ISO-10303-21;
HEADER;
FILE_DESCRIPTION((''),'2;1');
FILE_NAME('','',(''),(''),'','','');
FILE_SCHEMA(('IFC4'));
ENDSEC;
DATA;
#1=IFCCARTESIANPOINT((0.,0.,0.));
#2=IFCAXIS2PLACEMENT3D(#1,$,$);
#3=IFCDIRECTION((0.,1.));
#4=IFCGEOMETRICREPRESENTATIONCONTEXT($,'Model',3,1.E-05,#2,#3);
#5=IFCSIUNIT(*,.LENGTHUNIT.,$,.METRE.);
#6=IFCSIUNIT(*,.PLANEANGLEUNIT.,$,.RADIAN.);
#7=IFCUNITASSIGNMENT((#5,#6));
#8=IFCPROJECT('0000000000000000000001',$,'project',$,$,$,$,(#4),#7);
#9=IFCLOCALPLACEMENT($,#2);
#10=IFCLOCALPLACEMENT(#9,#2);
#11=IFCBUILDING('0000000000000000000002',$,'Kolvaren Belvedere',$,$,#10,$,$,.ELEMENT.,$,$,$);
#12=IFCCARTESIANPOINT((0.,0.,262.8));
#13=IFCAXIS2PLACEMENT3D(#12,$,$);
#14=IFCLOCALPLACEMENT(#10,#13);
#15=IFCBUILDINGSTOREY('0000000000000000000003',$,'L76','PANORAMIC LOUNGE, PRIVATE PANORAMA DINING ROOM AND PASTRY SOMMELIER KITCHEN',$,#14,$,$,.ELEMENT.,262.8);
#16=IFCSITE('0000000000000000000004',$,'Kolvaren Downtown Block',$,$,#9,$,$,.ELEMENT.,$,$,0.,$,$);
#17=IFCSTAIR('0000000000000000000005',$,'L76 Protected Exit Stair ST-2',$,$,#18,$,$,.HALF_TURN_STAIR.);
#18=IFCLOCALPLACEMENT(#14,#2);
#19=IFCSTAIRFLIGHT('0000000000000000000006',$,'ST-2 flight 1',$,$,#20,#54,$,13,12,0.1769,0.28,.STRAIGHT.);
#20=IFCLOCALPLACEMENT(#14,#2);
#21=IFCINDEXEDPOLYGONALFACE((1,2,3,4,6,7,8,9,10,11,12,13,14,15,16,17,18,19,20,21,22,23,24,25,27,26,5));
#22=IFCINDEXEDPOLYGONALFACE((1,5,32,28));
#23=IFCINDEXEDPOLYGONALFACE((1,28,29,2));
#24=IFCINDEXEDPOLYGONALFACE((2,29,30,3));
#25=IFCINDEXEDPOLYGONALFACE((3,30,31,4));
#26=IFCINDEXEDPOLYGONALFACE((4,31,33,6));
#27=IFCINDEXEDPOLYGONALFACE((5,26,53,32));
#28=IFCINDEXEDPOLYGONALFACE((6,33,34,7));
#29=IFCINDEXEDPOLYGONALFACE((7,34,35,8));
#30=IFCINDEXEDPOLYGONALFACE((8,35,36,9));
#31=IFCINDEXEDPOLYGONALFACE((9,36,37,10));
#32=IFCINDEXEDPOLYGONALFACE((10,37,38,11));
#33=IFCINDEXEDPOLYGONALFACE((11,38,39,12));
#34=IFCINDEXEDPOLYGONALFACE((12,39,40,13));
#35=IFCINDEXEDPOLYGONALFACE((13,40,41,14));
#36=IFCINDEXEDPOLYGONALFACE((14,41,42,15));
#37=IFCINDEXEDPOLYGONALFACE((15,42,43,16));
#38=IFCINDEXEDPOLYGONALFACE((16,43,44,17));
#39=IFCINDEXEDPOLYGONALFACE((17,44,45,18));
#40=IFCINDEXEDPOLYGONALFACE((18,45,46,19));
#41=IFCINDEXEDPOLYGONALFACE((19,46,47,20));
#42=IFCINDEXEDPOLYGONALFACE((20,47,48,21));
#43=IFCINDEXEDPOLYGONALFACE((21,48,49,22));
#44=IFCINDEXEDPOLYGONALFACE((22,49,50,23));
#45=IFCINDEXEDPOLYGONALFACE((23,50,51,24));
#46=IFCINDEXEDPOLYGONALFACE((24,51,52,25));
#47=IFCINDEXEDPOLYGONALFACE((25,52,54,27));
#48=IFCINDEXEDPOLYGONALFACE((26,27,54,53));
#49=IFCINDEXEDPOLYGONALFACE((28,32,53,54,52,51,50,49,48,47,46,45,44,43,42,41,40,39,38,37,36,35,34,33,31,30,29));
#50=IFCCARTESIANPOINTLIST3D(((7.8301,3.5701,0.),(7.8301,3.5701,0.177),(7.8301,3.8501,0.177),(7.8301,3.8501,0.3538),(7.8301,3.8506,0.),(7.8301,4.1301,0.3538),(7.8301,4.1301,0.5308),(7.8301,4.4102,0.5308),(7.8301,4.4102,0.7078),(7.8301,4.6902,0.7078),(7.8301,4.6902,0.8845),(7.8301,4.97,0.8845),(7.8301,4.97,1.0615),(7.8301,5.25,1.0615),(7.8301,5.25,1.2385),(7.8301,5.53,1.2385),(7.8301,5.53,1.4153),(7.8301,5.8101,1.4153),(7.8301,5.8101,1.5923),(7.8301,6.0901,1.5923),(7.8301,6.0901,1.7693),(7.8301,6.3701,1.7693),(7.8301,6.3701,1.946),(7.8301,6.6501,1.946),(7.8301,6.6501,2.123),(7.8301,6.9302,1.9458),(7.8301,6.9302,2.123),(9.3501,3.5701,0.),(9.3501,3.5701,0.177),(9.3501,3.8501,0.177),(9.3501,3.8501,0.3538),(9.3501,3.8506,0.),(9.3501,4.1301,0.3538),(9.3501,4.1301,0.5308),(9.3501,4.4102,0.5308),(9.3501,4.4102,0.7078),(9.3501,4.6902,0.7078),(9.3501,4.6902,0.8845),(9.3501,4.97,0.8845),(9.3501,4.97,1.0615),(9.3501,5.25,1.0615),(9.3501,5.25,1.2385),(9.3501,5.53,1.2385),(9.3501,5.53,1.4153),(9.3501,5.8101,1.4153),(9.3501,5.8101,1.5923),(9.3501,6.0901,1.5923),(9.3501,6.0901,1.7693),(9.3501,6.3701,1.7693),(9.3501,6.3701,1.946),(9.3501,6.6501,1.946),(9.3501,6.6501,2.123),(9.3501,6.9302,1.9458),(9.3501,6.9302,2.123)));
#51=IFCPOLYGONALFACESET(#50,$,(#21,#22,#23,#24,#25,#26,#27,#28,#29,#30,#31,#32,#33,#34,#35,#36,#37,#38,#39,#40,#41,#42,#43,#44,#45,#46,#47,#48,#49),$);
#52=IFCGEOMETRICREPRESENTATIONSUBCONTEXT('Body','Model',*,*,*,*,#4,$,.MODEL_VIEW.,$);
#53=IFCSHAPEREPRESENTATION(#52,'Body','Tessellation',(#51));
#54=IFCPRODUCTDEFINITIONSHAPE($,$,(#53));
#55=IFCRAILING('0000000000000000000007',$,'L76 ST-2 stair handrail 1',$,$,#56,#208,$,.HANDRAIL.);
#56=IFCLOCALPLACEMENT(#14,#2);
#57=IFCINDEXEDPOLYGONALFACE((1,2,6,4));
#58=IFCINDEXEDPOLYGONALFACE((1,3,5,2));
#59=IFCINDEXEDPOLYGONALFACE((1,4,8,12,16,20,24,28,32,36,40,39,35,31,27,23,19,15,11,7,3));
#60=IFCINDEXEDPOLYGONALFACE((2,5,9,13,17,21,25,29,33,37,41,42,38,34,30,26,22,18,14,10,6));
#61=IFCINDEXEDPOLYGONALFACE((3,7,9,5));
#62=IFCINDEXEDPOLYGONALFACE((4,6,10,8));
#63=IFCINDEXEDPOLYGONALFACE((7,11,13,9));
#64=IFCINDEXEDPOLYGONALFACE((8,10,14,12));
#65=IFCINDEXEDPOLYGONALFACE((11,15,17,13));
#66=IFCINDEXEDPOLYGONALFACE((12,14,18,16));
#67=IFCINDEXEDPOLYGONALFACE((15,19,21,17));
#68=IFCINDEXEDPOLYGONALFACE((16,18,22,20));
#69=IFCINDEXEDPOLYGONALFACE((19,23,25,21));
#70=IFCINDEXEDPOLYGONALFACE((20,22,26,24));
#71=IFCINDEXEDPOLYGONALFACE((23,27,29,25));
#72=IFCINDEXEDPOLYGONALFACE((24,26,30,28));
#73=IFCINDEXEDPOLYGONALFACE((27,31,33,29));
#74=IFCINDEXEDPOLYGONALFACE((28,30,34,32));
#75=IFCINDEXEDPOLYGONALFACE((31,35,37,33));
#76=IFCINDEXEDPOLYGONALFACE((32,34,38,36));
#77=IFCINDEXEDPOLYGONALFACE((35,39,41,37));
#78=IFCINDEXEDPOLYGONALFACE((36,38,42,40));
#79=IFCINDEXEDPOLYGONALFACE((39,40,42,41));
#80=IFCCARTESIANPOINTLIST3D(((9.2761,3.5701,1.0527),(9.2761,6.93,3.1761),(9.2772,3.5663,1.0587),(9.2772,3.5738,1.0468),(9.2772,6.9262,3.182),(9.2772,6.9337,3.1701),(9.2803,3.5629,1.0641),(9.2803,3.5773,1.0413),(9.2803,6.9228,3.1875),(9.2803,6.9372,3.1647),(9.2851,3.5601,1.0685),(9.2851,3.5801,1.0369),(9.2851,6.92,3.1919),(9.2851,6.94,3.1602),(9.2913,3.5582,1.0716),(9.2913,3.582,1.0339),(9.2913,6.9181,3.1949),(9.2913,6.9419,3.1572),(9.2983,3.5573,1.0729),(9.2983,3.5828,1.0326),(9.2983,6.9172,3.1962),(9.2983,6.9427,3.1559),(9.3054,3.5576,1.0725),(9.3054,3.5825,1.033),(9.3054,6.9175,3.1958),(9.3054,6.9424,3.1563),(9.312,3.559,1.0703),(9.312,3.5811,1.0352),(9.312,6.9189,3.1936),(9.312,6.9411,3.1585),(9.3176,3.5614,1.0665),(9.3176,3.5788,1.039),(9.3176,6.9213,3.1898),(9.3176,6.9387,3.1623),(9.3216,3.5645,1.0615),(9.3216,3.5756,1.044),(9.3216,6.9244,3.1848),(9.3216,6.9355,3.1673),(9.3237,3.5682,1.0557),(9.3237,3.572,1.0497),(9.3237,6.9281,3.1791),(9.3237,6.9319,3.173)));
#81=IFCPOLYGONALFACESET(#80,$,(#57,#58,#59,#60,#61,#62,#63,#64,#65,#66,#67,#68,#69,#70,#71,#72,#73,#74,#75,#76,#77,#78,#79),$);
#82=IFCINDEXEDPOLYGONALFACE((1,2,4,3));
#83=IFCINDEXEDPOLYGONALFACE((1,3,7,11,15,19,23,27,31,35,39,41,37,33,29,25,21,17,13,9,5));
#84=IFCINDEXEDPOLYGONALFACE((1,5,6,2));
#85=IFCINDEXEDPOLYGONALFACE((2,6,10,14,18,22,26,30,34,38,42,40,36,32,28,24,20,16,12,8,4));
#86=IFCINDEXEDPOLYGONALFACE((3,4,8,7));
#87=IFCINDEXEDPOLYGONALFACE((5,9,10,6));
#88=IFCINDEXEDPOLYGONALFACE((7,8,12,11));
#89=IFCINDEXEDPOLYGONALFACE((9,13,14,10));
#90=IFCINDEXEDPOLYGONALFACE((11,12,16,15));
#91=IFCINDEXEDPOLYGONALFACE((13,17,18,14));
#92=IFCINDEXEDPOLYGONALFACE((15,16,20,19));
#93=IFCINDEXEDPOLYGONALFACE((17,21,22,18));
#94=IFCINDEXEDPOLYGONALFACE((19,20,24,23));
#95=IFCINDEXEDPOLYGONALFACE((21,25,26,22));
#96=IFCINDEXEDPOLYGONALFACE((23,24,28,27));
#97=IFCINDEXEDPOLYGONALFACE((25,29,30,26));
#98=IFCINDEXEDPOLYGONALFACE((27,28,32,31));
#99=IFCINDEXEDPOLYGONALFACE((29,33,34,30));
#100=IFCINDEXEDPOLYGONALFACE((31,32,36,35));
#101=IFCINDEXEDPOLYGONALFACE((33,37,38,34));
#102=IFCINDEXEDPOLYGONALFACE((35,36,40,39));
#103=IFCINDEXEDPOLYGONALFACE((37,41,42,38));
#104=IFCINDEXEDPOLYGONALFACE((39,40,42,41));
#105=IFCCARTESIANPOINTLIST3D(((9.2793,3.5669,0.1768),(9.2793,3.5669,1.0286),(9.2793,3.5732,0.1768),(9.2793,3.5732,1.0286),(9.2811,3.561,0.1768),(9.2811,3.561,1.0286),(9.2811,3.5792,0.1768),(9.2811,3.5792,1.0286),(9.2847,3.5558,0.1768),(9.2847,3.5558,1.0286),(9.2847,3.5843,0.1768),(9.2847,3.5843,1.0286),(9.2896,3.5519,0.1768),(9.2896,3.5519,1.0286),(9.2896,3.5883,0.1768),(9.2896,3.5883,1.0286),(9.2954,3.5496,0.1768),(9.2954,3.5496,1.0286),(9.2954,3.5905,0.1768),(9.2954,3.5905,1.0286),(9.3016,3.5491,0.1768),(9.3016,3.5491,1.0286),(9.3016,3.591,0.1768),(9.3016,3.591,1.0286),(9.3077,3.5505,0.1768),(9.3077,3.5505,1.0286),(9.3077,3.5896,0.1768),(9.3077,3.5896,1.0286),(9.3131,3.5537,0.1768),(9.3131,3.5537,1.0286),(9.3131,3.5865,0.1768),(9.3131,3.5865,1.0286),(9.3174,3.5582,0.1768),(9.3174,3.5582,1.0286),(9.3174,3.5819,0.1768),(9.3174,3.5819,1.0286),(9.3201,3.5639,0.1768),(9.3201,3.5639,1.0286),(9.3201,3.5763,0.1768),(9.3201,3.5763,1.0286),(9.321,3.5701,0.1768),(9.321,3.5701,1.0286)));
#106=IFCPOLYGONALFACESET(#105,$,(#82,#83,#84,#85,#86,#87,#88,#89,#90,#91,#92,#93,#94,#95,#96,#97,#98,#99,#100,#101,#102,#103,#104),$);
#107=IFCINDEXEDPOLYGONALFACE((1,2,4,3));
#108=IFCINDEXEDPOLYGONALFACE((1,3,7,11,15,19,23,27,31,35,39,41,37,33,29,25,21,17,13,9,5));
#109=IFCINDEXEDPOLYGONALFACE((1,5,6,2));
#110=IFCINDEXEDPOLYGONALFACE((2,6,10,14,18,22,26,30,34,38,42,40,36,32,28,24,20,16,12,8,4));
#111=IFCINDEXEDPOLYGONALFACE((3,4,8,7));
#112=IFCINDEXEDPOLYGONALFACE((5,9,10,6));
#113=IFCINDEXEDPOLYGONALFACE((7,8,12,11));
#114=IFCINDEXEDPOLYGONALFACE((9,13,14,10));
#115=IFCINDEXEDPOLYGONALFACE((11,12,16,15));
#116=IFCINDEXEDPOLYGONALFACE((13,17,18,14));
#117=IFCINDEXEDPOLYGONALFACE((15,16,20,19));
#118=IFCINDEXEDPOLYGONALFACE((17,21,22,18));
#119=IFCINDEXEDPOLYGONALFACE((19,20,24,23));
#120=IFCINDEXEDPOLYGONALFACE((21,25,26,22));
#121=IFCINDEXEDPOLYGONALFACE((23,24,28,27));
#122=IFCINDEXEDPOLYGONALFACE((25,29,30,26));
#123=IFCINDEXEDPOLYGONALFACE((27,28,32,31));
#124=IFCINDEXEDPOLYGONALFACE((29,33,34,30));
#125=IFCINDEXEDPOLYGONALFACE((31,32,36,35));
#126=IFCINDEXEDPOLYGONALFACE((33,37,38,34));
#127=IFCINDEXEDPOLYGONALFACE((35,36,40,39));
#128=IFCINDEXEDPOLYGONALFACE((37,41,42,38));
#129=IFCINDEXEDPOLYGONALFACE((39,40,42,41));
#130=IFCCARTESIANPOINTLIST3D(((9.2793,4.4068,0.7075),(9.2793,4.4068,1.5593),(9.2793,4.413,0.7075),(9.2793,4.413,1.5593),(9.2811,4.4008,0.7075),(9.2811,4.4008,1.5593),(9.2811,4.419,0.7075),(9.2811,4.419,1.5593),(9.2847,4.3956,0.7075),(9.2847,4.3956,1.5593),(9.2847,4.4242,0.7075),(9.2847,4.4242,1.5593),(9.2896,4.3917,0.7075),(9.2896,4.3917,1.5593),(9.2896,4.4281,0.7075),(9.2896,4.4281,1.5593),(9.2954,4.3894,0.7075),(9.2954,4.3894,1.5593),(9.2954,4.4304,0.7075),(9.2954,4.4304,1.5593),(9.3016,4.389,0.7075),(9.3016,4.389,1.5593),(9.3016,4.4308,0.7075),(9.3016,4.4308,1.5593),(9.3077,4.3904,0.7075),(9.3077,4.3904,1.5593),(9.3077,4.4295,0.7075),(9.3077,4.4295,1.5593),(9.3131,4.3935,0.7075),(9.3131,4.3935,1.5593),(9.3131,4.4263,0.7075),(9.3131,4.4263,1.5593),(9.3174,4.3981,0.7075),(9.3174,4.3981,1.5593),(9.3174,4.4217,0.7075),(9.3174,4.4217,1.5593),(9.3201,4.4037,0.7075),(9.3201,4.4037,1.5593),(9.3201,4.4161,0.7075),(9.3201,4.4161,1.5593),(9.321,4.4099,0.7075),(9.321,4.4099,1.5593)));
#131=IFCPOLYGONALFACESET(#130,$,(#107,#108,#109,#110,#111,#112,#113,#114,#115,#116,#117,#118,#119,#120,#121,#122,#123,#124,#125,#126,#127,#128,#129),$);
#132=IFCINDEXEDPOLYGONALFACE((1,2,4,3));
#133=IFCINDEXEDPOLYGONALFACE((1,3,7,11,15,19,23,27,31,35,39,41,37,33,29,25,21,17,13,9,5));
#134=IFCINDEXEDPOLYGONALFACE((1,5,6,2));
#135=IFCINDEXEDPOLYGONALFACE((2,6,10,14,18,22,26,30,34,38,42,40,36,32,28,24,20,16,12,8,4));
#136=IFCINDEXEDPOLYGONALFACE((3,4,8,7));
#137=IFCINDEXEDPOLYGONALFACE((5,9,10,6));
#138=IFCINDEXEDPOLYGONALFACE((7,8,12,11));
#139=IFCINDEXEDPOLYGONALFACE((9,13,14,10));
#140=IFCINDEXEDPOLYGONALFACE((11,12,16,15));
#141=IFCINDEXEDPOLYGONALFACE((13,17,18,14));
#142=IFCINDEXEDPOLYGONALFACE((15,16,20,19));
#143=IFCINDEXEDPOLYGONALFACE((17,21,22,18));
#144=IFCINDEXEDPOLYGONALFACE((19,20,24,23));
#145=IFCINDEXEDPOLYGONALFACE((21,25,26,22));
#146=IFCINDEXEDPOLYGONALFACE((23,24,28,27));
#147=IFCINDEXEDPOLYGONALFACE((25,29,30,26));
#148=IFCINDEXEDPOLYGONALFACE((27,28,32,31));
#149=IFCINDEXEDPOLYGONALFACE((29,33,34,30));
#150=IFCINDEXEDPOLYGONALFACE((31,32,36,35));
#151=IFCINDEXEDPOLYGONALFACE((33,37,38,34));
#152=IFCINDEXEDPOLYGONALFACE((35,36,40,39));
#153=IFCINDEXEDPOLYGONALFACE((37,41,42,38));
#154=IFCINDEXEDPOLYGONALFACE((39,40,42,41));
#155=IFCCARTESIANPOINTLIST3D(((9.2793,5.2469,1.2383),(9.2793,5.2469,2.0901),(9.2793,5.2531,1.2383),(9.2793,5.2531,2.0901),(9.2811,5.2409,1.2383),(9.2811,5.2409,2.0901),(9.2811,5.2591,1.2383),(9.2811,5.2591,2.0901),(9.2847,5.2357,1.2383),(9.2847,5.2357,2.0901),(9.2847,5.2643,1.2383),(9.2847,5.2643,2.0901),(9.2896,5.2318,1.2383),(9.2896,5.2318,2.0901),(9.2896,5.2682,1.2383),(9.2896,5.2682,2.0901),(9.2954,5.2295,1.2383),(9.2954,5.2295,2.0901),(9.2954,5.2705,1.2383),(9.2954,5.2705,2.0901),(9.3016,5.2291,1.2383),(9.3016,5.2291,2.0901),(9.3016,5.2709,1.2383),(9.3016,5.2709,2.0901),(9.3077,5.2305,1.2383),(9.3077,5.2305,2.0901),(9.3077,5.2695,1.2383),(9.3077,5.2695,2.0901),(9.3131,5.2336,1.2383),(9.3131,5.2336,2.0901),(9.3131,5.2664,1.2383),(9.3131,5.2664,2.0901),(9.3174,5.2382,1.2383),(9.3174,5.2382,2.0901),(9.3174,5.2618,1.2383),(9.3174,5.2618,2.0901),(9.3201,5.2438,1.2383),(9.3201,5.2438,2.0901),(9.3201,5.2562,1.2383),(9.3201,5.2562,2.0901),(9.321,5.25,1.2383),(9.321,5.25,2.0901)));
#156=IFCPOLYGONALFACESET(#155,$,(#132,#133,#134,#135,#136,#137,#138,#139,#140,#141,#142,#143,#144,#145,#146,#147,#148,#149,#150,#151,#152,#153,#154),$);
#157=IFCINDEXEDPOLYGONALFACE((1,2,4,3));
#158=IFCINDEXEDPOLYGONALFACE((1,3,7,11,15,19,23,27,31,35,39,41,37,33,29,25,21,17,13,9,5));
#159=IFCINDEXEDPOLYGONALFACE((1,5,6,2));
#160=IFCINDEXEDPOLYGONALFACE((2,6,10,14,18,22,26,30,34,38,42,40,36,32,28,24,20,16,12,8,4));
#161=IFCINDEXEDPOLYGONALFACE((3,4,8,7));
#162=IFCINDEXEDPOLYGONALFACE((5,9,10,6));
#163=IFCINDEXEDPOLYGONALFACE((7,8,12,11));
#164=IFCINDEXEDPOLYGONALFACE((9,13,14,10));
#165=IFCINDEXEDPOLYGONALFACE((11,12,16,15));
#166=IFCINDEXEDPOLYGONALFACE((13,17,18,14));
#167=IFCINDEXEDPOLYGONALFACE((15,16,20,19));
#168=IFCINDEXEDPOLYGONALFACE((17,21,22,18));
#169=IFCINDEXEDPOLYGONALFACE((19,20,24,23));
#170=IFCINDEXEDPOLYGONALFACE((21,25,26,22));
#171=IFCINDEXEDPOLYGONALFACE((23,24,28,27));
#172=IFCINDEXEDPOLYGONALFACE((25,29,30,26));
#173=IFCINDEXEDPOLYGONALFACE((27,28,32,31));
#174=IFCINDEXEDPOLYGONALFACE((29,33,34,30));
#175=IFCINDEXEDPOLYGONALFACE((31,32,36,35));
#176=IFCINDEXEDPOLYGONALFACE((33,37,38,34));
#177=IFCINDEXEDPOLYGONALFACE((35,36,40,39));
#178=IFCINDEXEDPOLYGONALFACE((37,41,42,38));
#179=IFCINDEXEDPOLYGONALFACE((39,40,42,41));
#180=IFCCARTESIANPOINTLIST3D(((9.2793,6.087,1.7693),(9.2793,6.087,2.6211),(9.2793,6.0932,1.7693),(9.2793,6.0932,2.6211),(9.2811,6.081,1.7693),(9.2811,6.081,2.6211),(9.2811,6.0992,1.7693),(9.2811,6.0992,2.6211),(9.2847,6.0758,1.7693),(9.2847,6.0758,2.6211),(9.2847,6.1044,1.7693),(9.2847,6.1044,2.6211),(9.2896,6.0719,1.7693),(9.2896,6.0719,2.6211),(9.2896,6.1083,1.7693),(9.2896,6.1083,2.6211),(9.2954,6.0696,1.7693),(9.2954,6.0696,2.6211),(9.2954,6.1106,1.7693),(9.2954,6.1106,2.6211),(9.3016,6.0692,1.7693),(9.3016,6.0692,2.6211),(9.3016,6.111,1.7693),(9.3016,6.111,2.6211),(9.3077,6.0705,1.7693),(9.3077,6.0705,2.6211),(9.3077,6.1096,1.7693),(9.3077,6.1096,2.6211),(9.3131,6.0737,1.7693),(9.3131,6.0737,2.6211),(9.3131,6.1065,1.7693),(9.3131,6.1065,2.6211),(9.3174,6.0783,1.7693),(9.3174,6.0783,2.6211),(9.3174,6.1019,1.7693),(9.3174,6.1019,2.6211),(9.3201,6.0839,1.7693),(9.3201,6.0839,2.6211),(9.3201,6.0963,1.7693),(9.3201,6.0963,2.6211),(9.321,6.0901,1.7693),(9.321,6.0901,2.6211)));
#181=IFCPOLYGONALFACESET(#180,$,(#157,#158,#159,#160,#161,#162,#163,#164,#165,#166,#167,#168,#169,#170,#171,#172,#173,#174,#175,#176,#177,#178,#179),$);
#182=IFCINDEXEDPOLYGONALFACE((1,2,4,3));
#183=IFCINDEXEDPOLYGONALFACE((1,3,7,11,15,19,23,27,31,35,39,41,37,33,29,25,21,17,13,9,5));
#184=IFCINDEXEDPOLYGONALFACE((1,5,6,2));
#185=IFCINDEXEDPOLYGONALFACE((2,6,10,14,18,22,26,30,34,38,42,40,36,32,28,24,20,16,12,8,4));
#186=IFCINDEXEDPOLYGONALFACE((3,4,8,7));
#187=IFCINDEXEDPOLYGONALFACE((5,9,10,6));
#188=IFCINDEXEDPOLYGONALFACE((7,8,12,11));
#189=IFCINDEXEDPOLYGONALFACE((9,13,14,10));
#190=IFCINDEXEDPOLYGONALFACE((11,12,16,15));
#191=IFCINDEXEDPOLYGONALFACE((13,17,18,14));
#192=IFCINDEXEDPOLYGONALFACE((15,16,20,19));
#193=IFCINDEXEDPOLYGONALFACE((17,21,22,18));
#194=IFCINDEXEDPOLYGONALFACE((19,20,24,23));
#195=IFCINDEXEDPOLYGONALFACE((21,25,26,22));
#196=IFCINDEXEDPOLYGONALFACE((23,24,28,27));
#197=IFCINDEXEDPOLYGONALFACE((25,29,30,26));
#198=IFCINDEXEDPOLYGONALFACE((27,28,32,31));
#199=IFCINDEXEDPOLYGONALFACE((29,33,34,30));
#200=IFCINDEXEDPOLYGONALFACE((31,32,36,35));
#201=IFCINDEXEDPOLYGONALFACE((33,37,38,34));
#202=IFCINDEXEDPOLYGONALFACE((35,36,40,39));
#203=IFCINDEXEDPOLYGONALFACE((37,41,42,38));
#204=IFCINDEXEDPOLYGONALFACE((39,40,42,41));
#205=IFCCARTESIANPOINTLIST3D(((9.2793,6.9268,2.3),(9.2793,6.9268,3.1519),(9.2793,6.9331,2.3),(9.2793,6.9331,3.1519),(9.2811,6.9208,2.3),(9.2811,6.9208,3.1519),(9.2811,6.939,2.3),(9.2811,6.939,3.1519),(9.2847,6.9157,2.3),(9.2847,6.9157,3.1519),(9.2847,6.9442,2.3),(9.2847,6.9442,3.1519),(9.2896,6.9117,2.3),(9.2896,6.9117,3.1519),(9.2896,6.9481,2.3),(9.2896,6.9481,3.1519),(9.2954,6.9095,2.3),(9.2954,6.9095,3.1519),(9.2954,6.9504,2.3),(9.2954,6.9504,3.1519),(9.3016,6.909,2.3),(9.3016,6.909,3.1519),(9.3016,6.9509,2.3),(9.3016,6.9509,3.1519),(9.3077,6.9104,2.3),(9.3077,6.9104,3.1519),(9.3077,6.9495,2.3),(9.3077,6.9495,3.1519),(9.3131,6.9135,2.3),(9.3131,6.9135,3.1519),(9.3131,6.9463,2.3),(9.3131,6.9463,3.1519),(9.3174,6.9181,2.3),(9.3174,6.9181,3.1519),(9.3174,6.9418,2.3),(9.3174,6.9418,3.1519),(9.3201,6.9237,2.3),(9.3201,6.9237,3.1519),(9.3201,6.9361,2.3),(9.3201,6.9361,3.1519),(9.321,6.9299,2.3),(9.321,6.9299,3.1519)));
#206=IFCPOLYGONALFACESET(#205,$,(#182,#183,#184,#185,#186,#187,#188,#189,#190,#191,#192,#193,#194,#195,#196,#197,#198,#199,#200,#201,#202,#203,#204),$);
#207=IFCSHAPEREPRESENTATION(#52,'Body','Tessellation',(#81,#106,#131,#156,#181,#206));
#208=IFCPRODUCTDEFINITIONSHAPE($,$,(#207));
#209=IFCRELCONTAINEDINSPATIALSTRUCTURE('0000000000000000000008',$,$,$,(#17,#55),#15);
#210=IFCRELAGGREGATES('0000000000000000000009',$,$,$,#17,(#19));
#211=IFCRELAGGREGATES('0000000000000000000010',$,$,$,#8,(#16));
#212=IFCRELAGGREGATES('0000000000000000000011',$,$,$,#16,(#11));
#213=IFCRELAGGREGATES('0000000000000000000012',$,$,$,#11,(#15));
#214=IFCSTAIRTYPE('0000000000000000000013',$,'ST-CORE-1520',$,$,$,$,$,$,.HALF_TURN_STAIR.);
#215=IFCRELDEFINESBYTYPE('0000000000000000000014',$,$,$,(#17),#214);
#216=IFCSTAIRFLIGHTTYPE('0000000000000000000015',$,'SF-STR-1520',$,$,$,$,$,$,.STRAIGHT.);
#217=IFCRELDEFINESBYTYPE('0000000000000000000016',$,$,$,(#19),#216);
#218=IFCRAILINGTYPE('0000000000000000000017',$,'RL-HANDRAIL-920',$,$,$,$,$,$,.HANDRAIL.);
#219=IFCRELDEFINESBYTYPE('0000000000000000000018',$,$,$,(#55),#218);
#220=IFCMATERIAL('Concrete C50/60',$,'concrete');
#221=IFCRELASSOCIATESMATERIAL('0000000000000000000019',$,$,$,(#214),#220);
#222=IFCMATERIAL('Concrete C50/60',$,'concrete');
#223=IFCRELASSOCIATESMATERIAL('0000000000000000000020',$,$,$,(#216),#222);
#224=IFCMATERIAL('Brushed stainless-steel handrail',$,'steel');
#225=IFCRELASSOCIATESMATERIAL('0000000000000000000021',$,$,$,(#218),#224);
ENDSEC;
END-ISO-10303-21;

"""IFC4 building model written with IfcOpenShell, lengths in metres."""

from ifc_helpers import new_model, si_unit, direction, frame, origin, origin_2d, place, context, subcontext, project, spatial, polyline, circle, outline, extrude, material, type_object, element, aggregate, save


model = new_model("IFC4")

# Units and contexts
model_context = context("Model", 3, precision=1e-05, world=origin(), true_north=direction((0.0, 1.0)))
body_context = subcontext(model_context, "Body", "Model", "MODEL_VIEW")
ifc_project = project(units=[si_unit("LENGTHUNIT", "METRE"), si_unit("PLANEANGLEUNIT", "RADIAN")], contexts=[model_context])

# Site, building, storey
site_placement = place(None, origin())
site = spatial("IfcSite", under=ifc_project, at=site_placement, Name="Kolvaren Downtown Block", CompositionType="ELEMENT", RefElevation=0.0)
building_placement = place(site_placement, origin())
building = spatial("IfcBuilding", under=site, at=building_placement, Name="Kolvaren Belvedere", CompositionType="ELEMENT")
storey_placement = place(building_placement, frame((0.0, 0.0, 262.8)))
storey = spatial("IfcBuildingStorey", under=building, at=storey_placement, Name="L76", Description="PANORAMIC LOUNGE, PRIVATE PANORAMA DINING ROOM AND PASTRY SOMMELIER KITCHEN", CompositionType="ELEMENT", Elevation=262.8)

# Stair, stair flight
ifc_material_1 = material(Name="Concrete C50/60", Category="concrete")
stair_type = type_object("IfcStairType", Name="ST-CORE-1520", PredefinedType="HALF_TURN_STAIR", material=ifc_material_1)
stair_placement = place(storey_placement, origin())
stair = element("IfcStair", 1, at=stair_placement, inside=storey, type_object=stair_type, Name="L76 Protected Exit Stair ST-2", PredefinedType="HALF_TURN_STAIR")
ifc_material_2 = material(Name="Concrete C50/60", Category="concrete")
stair_flight_type = type_object("IfcStairFlightType", Name="SF-STR-1520", PredefinedType="STRAIGHT", material=ifc_material_2)
stair_flight_placement = place(storey_placement, frame((8.5901, 3.5701, 0.0), z_axis=(0.0, 0.0, 1.0), x_axis=(0.0, 1.0, 0.0)))
stair_flight = element("IfcStairFlight", 2, at=stair_flight_placement, type_object=stair_flight_type, Name="ST-2 flight 1", NumberOfRisers=13, NumberOfTreads=12, PredefinedType="STRAIGHT", RiserHeight=0.1769, TreadLength=0.28, context=body_context, shape_type="SweptSolid", body=[
    extrude(outline(polyline([(0.0, 0.0), (0.0, 0.177), (0.28, 0.177), (0.28, 0.3538), (0.5601, 0.3538), (0.5601, 0.5308), (0.8401, 0.5308), (0.8401, 0.7078), (1.1201, 0.7078), (1.1201, 0.8845), (1.3999, 0.8845), (1.3999, 1.0615), (1.6799, 1.0615), (1.6799, 1.2385), (1.96, 1.2385), (1.96, 1.4153), (2.24, 1.4153), (2.24, 1.5923), (2.52, 1.5923), (2.52, 1.7693), (2.8, 1.7693), (2.8, 1.946), (3.0801, 1.946), (3.0801, 2.123), (3.3601, 2.123), (3.3601, 2.3), (3.3601, 1.9458), (0.2805, 0.0), (0.0, 0.0)])), frame((0.0, 0.76, 0.0), z_axis=(0.0, -1.0, 0.0), x_axis=(1.0, 0.0, 0.0)), (0.0, 0.0, 1.0), 1.52),
])
aggregate(stair, [stair_flight])

# Railing
ifc_material_3 = material(Name="Brushed stainless-steel handrail", Category="steel")
railing_type_1 = type_object("IfcRailingType", Name="RL-HANDRAIL-920", PredefinedType="HANDRAIL", material=ifc_material_3)
railing_1_placement = place(storey_placement, frame((9.3, 3.5701, 0.1768)))
element("IfcRailing", 3, at=railing_1_placement, inside=storey, type_object=railing_type_1, Name="L76 ST-2 stair handrail 1", PredefinedType="HANDRAIL", context=body_context, shape_type="SweptSolid", body=[
    extrude(circle(Radius=0.0239, at=origin_2d()), frame((0.0, 0.0, 0.876), z_axis=(0.0, 0.845344, 0.534222), x_axis=(-1.0, 0.0, 0.0)), (0.0, 0.0, 1.0), 3.9746),
    extrude(circle(Radius=0.021, at=origin_2d()), origin(), (0.0, 0.0, 1.0), 0.8518),
    extrude(circle(Radius=0.021, at=origin_2d()), frame((0.0, 0.8398, 0.5308)), (0.0, 0.0, 1.0), 0.8518),
    extrude(circle(Radius=0.021, at=origin_2d()), frame((0.0, 1.6799, 1.0615)), (0.0, 0.0, 1.0), 0.8518),
    extrude(circle(Radius=0.021, at=origin_2d()), frame((0.0, 2.52, 1.5925)), (0.0, 0.0, 1.0), 0.8518),
    extrude(circle(Radius=0.021, at=origin_2d()), frame((0.0, 3.3599, 2.1233)), (0.0, 0.0, 1.0), 0.8518),
])

save(model, "model.ifc")
